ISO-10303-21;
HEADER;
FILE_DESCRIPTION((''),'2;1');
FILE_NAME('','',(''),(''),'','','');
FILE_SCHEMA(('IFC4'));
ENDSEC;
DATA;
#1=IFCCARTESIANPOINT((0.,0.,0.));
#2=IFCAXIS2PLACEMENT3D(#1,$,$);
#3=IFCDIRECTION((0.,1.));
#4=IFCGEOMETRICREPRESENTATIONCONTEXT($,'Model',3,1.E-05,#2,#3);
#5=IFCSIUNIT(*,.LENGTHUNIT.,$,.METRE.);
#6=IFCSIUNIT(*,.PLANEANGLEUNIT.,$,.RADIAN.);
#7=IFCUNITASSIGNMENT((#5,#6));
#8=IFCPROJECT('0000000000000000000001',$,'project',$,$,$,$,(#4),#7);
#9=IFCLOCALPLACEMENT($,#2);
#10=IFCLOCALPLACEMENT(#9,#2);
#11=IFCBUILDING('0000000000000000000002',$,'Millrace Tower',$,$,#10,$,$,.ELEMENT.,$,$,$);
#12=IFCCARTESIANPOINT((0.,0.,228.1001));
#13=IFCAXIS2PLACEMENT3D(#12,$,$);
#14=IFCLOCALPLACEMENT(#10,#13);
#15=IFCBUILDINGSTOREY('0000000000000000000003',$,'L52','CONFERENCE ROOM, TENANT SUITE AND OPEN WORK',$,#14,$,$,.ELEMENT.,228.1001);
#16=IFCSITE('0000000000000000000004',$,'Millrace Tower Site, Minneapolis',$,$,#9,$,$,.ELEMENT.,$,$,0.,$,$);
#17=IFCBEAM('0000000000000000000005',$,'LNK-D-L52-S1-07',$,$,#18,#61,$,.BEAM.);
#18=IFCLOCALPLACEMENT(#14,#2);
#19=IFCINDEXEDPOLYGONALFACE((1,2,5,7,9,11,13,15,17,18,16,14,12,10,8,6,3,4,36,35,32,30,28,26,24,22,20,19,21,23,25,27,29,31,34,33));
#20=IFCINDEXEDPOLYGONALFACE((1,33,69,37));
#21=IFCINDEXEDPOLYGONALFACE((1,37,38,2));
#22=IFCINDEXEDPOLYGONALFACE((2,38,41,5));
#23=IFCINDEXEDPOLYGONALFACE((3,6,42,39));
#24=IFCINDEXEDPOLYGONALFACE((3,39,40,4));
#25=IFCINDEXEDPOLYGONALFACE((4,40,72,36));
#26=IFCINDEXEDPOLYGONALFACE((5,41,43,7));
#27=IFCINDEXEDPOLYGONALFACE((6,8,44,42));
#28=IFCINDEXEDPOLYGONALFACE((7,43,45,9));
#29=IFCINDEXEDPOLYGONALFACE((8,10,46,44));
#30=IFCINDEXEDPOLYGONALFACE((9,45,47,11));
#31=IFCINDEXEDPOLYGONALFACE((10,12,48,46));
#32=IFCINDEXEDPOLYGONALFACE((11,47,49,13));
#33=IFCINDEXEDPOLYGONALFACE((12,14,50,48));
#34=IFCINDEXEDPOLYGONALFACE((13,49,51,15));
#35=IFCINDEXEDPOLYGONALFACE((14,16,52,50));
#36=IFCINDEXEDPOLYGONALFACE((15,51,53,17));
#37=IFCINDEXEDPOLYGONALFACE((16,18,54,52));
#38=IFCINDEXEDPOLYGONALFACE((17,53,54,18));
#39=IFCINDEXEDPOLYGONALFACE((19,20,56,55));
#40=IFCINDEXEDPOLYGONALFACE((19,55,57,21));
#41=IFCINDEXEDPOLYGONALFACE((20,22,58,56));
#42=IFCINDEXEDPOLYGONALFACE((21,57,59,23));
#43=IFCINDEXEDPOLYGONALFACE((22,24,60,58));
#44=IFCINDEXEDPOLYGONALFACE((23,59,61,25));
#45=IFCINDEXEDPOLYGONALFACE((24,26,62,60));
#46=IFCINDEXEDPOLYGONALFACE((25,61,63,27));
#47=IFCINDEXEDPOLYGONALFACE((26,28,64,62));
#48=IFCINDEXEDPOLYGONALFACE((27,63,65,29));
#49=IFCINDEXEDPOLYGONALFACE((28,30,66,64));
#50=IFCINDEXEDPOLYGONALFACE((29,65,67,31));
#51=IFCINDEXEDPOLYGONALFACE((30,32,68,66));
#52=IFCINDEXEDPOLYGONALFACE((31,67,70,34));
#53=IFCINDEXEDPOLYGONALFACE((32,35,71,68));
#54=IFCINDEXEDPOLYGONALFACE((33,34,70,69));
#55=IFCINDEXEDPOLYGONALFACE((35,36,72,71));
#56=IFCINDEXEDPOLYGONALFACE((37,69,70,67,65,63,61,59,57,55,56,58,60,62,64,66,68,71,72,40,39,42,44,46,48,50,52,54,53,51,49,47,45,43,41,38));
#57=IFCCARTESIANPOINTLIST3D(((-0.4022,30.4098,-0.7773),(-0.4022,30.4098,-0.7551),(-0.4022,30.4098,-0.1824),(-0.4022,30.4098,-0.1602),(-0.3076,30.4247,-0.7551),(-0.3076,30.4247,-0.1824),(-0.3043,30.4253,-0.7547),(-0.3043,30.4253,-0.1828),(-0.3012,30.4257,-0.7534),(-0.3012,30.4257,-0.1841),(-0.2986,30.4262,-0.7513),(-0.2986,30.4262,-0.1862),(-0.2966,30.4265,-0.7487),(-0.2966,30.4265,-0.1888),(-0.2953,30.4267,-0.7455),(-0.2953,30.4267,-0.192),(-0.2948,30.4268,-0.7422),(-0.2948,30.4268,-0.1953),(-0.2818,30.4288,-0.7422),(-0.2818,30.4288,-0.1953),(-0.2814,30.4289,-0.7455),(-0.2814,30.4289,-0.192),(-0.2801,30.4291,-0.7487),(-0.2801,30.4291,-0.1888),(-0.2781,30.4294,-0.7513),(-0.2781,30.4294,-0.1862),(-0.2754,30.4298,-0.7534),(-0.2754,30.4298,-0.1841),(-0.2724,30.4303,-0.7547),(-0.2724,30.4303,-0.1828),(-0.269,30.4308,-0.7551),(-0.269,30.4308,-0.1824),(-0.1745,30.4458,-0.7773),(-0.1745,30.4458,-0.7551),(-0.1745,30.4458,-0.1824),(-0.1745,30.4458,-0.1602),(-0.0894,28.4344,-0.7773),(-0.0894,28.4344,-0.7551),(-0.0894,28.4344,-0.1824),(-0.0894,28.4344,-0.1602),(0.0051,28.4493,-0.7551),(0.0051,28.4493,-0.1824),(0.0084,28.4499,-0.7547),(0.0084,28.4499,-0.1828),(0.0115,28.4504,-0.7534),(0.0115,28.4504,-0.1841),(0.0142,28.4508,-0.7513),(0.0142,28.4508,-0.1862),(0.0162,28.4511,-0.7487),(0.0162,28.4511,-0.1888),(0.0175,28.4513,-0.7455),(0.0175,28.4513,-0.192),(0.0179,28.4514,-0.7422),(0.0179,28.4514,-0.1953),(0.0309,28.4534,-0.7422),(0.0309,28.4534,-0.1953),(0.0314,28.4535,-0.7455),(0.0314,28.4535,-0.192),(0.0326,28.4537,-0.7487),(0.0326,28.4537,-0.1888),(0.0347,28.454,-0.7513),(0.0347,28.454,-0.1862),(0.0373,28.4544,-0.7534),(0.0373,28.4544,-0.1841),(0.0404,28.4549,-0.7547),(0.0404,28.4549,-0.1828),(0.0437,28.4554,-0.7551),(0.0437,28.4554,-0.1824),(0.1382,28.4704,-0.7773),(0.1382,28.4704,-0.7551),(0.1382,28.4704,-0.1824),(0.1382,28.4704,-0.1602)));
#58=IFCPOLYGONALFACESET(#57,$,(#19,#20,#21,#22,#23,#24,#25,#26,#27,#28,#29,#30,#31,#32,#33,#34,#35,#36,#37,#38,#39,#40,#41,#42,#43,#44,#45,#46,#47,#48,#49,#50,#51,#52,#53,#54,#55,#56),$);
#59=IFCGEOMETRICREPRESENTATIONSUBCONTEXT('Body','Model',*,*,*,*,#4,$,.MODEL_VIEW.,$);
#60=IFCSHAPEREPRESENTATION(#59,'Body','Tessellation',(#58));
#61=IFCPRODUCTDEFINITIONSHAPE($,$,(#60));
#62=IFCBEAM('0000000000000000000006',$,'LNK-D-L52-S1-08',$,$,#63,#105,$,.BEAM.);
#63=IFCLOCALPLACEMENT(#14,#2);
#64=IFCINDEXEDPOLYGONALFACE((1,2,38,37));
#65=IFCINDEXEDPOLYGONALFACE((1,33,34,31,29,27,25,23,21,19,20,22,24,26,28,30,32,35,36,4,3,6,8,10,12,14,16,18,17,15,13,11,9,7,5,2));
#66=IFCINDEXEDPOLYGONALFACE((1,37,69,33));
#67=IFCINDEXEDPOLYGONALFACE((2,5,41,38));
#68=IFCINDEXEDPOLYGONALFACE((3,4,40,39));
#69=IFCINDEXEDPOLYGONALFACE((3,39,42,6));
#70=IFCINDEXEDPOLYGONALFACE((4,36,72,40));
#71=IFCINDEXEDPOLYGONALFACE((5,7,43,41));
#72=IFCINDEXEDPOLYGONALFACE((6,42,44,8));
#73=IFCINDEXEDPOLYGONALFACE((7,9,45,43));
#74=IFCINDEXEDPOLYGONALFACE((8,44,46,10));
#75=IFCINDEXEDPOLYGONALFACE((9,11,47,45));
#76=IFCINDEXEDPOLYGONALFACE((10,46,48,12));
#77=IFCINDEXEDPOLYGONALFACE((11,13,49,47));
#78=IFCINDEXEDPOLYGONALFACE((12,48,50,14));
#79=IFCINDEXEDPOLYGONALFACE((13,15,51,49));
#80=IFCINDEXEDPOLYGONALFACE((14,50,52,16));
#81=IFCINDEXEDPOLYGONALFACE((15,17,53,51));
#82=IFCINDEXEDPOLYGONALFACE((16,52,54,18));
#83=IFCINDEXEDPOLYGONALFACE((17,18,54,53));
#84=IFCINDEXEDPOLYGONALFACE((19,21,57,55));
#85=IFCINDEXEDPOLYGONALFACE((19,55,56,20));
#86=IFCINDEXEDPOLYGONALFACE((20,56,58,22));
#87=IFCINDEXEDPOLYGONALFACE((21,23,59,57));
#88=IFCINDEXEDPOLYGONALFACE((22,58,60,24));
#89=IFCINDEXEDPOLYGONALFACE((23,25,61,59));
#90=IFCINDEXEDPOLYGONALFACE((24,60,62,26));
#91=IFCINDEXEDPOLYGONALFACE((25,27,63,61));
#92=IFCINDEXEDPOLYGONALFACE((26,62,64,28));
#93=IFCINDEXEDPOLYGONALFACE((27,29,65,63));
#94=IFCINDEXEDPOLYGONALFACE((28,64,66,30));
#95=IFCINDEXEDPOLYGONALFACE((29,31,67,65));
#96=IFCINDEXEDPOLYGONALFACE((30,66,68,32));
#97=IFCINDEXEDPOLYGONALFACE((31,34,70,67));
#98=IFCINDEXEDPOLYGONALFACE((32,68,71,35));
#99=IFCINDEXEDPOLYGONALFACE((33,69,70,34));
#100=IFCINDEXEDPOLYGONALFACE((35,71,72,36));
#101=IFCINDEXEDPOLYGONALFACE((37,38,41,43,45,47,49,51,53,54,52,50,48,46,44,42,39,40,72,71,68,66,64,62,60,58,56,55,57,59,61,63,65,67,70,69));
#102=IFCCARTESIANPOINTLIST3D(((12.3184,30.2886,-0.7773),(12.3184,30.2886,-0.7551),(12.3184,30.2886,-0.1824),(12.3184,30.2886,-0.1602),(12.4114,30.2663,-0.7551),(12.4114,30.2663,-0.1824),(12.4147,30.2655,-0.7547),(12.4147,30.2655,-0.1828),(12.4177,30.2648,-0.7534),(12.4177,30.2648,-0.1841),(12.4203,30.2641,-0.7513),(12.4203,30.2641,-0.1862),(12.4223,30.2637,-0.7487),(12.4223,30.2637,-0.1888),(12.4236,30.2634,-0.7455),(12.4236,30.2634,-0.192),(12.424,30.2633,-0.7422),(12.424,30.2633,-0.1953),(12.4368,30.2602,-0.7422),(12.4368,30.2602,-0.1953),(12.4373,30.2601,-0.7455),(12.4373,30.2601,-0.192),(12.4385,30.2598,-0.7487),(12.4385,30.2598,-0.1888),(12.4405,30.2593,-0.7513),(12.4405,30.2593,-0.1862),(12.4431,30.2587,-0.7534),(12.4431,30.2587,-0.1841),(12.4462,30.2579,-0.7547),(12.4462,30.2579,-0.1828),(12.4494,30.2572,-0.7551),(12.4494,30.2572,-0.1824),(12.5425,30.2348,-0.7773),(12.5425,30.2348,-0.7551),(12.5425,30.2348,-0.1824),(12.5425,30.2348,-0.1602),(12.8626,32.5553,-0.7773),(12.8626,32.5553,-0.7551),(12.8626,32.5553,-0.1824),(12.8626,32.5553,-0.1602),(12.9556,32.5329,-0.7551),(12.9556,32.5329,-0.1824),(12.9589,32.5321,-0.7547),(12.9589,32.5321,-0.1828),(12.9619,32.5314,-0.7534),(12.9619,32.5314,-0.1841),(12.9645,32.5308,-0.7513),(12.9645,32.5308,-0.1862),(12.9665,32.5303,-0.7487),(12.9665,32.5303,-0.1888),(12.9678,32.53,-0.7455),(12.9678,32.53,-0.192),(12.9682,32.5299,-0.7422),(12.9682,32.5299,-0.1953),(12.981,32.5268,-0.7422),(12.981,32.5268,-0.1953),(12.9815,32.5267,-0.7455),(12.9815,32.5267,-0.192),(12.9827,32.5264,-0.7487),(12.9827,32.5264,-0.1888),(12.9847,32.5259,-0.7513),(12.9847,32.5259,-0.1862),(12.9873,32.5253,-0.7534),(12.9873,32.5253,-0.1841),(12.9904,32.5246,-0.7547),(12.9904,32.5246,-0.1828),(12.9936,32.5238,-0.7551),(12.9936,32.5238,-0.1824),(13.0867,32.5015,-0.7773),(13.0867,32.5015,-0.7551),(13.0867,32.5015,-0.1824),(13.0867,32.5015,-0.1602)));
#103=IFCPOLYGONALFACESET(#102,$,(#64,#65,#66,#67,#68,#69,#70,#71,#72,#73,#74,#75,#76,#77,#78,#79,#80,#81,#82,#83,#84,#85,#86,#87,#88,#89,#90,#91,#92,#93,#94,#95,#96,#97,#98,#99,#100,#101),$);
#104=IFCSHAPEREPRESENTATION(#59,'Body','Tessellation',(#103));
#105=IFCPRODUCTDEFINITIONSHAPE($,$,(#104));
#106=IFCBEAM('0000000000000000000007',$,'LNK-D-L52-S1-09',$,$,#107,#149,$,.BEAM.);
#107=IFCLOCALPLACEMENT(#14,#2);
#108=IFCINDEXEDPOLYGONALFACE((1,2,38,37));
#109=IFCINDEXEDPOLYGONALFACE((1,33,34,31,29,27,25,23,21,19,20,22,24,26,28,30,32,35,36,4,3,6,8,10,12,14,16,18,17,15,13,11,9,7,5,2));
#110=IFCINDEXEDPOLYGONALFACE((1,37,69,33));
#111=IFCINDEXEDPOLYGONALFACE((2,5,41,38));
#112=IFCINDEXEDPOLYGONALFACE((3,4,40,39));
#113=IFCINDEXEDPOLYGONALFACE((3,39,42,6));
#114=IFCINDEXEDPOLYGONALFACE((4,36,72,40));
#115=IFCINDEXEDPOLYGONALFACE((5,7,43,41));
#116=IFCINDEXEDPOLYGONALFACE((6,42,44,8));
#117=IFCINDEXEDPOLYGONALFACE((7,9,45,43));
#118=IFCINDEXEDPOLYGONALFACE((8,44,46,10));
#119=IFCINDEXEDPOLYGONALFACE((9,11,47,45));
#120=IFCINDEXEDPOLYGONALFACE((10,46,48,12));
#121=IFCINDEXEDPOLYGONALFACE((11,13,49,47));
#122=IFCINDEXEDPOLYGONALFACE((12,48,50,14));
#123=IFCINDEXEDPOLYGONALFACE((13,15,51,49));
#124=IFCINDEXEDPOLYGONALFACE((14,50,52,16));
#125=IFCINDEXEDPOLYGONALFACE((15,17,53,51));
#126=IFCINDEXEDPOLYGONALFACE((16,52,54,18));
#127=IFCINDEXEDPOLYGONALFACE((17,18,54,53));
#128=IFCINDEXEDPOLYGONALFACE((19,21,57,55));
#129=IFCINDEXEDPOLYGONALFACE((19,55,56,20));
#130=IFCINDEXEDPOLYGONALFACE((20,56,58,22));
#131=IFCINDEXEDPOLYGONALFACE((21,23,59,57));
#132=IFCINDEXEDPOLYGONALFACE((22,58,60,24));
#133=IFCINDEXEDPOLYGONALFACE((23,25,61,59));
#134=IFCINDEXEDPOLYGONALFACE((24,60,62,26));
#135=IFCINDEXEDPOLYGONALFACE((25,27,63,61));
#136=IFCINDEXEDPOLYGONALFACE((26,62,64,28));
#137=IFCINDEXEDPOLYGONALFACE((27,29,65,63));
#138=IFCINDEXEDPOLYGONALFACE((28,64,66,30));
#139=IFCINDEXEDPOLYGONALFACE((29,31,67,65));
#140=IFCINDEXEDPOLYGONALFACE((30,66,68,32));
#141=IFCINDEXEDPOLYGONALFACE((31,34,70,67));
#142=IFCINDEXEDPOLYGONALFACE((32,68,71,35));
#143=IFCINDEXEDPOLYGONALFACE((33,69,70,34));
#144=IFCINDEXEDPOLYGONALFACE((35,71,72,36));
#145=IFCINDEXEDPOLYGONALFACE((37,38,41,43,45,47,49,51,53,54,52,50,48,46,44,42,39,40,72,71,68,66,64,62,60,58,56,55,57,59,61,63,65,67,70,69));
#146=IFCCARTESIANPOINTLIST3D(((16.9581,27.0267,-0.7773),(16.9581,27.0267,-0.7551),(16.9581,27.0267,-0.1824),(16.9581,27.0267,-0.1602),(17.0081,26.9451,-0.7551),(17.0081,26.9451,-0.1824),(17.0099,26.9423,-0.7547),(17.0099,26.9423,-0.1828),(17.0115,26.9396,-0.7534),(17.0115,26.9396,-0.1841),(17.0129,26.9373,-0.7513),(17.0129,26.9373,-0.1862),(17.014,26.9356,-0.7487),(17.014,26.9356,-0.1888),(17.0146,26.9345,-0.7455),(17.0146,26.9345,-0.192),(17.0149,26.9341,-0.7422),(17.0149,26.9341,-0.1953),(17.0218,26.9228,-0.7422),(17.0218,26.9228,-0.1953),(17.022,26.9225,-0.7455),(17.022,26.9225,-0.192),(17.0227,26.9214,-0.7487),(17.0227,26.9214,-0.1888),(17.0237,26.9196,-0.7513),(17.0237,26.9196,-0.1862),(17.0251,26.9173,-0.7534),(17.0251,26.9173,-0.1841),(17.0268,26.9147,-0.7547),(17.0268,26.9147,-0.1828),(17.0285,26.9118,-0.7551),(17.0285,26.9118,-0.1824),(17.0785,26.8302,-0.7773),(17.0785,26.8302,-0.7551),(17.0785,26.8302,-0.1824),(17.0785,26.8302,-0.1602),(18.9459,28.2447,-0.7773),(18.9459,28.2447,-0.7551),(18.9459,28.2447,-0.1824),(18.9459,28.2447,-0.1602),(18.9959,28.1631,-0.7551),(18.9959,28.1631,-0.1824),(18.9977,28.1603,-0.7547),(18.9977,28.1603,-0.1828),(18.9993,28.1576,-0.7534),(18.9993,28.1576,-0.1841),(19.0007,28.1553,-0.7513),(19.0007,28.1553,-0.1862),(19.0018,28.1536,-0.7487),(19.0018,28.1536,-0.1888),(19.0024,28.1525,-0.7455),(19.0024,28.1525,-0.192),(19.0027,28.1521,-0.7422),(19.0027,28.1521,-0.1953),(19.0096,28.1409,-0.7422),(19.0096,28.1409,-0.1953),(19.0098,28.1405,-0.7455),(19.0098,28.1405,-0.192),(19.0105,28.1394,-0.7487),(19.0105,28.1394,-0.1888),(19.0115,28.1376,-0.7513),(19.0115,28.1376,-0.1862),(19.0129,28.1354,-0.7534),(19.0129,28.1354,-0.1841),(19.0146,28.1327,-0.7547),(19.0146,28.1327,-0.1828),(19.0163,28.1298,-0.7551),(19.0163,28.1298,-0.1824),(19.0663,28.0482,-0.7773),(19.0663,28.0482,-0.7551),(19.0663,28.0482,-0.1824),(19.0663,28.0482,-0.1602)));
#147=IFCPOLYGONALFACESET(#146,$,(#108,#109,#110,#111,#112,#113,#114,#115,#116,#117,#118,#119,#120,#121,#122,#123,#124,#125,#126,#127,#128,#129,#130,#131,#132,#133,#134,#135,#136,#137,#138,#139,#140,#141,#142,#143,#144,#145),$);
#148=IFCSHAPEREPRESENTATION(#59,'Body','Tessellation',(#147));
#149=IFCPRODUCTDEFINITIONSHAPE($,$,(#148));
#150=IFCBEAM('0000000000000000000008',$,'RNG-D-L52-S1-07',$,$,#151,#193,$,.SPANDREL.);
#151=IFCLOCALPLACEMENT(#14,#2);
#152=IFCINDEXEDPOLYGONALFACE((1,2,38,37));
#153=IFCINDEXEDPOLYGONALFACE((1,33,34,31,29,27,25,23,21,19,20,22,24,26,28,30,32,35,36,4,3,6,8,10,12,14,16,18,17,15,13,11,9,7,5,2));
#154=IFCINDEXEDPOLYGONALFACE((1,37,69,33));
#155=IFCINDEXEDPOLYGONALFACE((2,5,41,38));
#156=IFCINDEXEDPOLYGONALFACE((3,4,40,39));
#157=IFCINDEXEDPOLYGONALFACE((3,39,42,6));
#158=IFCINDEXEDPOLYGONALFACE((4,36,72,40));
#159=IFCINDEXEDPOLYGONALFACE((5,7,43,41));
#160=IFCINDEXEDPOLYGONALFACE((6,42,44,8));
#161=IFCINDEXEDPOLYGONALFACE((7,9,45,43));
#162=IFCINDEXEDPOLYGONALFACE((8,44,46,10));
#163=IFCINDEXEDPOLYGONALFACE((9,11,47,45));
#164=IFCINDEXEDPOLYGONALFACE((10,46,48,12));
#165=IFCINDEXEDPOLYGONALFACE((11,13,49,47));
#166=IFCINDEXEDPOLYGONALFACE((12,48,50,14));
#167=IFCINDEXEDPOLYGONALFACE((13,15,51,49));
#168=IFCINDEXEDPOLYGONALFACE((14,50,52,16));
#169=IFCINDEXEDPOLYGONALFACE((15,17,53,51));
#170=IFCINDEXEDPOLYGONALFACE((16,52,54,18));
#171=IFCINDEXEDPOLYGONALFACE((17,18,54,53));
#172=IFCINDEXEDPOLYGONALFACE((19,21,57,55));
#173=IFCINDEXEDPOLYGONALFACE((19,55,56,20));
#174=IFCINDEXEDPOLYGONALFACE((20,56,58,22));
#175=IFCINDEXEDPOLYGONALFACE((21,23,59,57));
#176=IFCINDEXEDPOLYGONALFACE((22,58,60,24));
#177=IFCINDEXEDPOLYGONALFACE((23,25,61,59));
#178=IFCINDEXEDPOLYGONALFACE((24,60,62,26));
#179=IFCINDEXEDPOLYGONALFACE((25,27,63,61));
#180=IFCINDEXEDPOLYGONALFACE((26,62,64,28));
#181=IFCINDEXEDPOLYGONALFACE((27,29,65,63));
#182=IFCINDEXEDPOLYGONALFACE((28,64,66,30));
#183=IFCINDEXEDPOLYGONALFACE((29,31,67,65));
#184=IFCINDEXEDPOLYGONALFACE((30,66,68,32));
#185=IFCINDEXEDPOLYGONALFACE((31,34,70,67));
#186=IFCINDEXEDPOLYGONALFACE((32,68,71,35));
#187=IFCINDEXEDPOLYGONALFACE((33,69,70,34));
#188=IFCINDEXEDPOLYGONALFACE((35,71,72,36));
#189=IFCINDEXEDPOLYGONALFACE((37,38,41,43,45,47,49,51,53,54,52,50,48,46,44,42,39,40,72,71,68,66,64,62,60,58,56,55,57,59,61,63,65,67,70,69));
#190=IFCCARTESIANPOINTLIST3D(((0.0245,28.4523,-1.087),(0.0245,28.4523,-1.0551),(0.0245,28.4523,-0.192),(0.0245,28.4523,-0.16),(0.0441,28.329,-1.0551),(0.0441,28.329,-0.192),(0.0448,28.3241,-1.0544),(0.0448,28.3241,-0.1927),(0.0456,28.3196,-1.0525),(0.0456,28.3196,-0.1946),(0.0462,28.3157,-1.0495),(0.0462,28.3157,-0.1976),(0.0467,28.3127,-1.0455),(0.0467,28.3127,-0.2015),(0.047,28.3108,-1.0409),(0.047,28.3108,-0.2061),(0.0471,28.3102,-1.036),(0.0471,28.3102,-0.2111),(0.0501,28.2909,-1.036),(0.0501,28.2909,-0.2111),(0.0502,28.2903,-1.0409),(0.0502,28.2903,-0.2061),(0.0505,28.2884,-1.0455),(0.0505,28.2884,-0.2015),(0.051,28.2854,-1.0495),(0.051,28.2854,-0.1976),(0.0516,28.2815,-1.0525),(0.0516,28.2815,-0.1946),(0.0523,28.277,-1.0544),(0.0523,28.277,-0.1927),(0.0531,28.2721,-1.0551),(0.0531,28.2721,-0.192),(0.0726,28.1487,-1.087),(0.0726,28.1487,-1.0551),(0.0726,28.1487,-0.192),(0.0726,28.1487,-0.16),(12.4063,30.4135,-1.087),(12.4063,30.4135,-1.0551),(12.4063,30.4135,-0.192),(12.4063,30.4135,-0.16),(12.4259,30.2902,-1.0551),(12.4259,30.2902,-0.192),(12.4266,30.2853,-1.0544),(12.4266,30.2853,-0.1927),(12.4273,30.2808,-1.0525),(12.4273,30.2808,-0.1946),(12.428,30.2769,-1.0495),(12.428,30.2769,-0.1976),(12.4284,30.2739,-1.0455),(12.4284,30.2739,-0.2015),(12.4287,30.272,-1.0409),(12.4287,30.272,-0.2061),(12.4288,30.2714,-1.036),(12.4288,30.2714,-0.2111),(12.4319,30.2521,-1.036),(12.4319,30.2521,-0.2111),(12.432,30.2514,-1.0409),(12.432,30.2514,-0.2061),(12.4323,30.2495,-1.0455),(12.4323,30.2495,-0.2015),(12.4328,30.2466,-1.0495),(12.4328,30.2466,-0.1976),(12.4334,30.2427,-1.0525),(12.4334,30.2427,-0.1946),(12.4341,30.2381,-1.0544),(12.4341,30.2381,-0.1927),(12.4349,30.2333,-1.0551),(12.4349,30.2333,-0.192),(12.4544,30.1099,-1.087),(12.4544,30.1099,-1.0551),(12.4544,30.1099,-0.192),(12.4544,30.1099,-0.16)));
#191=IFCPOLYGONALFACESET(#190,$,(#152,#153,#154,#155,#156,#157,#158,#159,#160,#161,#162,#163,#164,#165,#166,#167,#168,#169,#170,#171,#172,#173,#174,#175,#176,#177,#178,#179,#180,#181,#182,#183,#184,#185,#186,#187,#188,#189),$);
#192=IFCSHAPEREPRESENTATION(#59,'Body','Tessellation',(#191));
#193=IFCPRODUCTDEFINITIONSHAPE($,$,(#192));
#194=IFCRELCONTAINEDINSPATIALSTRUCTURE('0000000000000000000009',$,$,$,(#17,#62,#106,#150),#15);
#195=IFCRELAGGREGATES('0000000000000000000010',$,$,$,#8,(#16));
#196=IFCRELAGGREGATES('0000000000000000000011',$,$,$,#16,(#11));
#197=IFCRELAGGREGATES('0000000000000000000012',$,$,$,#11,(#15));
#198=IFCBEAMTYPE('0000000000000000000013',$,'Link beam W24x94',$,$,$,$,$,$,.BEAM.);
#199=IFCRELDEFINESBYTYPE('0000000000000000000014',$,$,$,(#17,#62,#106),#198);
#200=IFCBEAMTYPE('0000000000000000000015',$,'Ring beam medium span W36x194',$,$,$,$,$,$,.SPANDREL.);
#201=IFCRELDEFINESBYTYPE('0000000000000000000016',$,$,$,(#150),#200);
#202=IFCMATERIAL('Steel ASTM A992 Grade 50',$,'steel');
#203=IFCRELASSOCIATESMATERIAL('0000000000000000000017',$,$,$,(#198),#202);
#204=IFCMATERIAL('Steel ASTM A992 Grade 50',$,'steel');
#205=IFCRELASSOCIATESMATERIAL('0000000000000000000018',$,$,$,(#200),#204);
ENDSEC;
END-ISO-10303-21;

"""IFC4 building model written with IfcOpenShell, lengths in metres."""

from ifc_helpers import new_model, si_unit, direction, frame, origin, origin_2d, place, context, subcontext, project, spatial, i_section, extrude, material, material_profile, profile_set, type_object, element, save


model = new_model("IFC4")

# Units and contexts
model_context = context("Model", 3, precision=1e-05, world=origin(), true_north=direction((0.0, 1.0)))
body_context = subcontext(model_context, "Body", "Model", "MODEL_VIEW")
ifc_project = project(units=[si_unit("LENGTHUNIT", "METRE"), si_unit("PLANEANGLEUNIT", "RADIAN")], contexts=[model_context])

# Site, building, storey
site_placement = place(None, origin())
site = spatial("IfcSite", under=ifc_project, at=site_placement, Name="Millrace Tower Site, Minneapolis", CompositionType="ELEMENT", RefElevation=0.0)
building_placement = place(site_placement, origin())
building = spatial("IfcBuilding", under=site, at=building_placement, Name="Millrace Tower", CompositionType="ELEMENT")
storey_placement = place(building_placement, frame((0.0, 0.0, 228.1001)))
storey = spatial("IfcBuildingStorey", under=building, at=storey_placement, Name="L52", Description="CONFERENCE ROOM, TENANT SUITE AND OPEN WORK", CompositionType="ELEMENT", Elevation=228.1001)

# Beams
ifc_material_1 = material(Name="Steel ASTM A992 Grade 50", Category="steel")
ifc_material_profile_1 = material_profile(ifc_material_1, i_section(OverallWidth=0.2305, OverallDepth=0.6172, WebThickness=0.0132, FlangeThickness=0.0222, FilletRadius=0.0129, at=origin_2d()))
ifc_profile_set_1 = profile_set([ifc_material_profile_1], Name="Steel ASTM A992 Grade 50")
beam_type_1 = type_object("IfcBeamType", Name="Link beam W24x94", PredefinedType="BEAM", material=ifc_profile_set_1)
beam_1_placement = place(storey_placement, frame((0.0244, 28.4524, -0.4688), z_axis=(-0.156376, 0.987698, 0.0), x_axis=(-0.987698, -0.156376, 0.0)))
element("IfcBeam", 1, at=beam_1_placement, inside=storey, type_object=beam_type_1, Name="LNK-D-L52-S1-07", PredefinedType="BEAM", context=body_context, shape_type="SweptSolid", body=[
    extrude(i_section(OverallWidth=0.2305, OverallDepth=0.6172, WebThickness=0.0132, FlangeThickness=0.0222, FilletRadius=0.0129, at=origin_2d()), origin(), (0.0, 0.0, 1.0), 2.0),
])
beam_2_placement = place(storey_placement, frame((12.4304, 30.2617, -0.4688), z_axis=(0.233456, 0.972367, 0.0), x_axis=(-0.972367, 0.233456, 0.0)))
element("IfcBeam", 2, at=beam_2_placement, inside=storey, type_object=beam_type_1, Name="LNK-D-L52-S1-08", PredefinedType="BEAM", context=body_context, shape_type="SweptSolid", body=[
    extrude(i_section(OverallWidth=0.2305, OverallDepth=0.6172, WebThickness=0.0132, FlangeThickness=0.0222, FilletRadius=0.0129, at=origin_2d()), origin(), (0.0, 0.0, 1.0), 2.3311),
])
beam_3_placement = place(storey_placement, frame((17.0183, 26.9285, -0.4688), z_axis=(0.85266, 0.522466, 0.0), x_axis=(-0.522466, 0.85266, 0.0)))
element("IfcBeam", 3, at=beam_3_placement, inside=storey, type_object=beam_type_1, Name="LNK-D-L52-S1-09", PredefinedType="BEAM", context=body_context, shape_type="SweptSolid", body=[
    extrude(i_section(OverallWidth=0.2305, OverallDepth=0.6172, WebThickness=0.0132, FlangeThickness=0.0222, FilletRadius=0.0129, at=origin_2d()), origin(), (0.0, 0.0, 1.0), 2.3313),
])
ifc_material_2 = material(Name="Steel ASTM A992 Grade 50", Category="steel")
ifc_material_profile_2 = material_profile(ifc_material_2, i_section(OverallWidth=0.3074, OverallDepth=0.927, WebThickness=0.0195, FlangeThickness=0.032, FilletRadius=0.019, at=origin_2d()))
ifc_profile_set_2 = profile_set([ifc_material_profile_2], Name="Steel ASTM A992 Grade 50")
beam_type_2 = type_object("IfcBeamType", Name="Ring beam medium span W36x194", PredefinedType="SPANDREL", material=ifc_profile_set_2)
beam_4_placement = place(storey_placement, frame((0.0486, 28.3005, -0.6235), z_axis=(0.987687, 0.156442, 0.0), x_axis=(-0.156442, 0.987687, 0.0)))
element("IfcBeam", 4, at=beam_4_placement, inside=storey, type_object=beam_type_2, Name="RNG-D-L52-S1-07", PredefinedType="SPANDREL", context=body_context, shape_type="SweptSolid", body=[
    extrude(i_section(OverallWidth=0.3074, OverallDepth=0.927, WebThickness=0.0195, FlangeThickness=0.032, FilletRadius=0.019, at=origin_2d()), origin(), (0.0, 0.0, 1.0), 12.5361),
])

save(model, "model.ifc")
